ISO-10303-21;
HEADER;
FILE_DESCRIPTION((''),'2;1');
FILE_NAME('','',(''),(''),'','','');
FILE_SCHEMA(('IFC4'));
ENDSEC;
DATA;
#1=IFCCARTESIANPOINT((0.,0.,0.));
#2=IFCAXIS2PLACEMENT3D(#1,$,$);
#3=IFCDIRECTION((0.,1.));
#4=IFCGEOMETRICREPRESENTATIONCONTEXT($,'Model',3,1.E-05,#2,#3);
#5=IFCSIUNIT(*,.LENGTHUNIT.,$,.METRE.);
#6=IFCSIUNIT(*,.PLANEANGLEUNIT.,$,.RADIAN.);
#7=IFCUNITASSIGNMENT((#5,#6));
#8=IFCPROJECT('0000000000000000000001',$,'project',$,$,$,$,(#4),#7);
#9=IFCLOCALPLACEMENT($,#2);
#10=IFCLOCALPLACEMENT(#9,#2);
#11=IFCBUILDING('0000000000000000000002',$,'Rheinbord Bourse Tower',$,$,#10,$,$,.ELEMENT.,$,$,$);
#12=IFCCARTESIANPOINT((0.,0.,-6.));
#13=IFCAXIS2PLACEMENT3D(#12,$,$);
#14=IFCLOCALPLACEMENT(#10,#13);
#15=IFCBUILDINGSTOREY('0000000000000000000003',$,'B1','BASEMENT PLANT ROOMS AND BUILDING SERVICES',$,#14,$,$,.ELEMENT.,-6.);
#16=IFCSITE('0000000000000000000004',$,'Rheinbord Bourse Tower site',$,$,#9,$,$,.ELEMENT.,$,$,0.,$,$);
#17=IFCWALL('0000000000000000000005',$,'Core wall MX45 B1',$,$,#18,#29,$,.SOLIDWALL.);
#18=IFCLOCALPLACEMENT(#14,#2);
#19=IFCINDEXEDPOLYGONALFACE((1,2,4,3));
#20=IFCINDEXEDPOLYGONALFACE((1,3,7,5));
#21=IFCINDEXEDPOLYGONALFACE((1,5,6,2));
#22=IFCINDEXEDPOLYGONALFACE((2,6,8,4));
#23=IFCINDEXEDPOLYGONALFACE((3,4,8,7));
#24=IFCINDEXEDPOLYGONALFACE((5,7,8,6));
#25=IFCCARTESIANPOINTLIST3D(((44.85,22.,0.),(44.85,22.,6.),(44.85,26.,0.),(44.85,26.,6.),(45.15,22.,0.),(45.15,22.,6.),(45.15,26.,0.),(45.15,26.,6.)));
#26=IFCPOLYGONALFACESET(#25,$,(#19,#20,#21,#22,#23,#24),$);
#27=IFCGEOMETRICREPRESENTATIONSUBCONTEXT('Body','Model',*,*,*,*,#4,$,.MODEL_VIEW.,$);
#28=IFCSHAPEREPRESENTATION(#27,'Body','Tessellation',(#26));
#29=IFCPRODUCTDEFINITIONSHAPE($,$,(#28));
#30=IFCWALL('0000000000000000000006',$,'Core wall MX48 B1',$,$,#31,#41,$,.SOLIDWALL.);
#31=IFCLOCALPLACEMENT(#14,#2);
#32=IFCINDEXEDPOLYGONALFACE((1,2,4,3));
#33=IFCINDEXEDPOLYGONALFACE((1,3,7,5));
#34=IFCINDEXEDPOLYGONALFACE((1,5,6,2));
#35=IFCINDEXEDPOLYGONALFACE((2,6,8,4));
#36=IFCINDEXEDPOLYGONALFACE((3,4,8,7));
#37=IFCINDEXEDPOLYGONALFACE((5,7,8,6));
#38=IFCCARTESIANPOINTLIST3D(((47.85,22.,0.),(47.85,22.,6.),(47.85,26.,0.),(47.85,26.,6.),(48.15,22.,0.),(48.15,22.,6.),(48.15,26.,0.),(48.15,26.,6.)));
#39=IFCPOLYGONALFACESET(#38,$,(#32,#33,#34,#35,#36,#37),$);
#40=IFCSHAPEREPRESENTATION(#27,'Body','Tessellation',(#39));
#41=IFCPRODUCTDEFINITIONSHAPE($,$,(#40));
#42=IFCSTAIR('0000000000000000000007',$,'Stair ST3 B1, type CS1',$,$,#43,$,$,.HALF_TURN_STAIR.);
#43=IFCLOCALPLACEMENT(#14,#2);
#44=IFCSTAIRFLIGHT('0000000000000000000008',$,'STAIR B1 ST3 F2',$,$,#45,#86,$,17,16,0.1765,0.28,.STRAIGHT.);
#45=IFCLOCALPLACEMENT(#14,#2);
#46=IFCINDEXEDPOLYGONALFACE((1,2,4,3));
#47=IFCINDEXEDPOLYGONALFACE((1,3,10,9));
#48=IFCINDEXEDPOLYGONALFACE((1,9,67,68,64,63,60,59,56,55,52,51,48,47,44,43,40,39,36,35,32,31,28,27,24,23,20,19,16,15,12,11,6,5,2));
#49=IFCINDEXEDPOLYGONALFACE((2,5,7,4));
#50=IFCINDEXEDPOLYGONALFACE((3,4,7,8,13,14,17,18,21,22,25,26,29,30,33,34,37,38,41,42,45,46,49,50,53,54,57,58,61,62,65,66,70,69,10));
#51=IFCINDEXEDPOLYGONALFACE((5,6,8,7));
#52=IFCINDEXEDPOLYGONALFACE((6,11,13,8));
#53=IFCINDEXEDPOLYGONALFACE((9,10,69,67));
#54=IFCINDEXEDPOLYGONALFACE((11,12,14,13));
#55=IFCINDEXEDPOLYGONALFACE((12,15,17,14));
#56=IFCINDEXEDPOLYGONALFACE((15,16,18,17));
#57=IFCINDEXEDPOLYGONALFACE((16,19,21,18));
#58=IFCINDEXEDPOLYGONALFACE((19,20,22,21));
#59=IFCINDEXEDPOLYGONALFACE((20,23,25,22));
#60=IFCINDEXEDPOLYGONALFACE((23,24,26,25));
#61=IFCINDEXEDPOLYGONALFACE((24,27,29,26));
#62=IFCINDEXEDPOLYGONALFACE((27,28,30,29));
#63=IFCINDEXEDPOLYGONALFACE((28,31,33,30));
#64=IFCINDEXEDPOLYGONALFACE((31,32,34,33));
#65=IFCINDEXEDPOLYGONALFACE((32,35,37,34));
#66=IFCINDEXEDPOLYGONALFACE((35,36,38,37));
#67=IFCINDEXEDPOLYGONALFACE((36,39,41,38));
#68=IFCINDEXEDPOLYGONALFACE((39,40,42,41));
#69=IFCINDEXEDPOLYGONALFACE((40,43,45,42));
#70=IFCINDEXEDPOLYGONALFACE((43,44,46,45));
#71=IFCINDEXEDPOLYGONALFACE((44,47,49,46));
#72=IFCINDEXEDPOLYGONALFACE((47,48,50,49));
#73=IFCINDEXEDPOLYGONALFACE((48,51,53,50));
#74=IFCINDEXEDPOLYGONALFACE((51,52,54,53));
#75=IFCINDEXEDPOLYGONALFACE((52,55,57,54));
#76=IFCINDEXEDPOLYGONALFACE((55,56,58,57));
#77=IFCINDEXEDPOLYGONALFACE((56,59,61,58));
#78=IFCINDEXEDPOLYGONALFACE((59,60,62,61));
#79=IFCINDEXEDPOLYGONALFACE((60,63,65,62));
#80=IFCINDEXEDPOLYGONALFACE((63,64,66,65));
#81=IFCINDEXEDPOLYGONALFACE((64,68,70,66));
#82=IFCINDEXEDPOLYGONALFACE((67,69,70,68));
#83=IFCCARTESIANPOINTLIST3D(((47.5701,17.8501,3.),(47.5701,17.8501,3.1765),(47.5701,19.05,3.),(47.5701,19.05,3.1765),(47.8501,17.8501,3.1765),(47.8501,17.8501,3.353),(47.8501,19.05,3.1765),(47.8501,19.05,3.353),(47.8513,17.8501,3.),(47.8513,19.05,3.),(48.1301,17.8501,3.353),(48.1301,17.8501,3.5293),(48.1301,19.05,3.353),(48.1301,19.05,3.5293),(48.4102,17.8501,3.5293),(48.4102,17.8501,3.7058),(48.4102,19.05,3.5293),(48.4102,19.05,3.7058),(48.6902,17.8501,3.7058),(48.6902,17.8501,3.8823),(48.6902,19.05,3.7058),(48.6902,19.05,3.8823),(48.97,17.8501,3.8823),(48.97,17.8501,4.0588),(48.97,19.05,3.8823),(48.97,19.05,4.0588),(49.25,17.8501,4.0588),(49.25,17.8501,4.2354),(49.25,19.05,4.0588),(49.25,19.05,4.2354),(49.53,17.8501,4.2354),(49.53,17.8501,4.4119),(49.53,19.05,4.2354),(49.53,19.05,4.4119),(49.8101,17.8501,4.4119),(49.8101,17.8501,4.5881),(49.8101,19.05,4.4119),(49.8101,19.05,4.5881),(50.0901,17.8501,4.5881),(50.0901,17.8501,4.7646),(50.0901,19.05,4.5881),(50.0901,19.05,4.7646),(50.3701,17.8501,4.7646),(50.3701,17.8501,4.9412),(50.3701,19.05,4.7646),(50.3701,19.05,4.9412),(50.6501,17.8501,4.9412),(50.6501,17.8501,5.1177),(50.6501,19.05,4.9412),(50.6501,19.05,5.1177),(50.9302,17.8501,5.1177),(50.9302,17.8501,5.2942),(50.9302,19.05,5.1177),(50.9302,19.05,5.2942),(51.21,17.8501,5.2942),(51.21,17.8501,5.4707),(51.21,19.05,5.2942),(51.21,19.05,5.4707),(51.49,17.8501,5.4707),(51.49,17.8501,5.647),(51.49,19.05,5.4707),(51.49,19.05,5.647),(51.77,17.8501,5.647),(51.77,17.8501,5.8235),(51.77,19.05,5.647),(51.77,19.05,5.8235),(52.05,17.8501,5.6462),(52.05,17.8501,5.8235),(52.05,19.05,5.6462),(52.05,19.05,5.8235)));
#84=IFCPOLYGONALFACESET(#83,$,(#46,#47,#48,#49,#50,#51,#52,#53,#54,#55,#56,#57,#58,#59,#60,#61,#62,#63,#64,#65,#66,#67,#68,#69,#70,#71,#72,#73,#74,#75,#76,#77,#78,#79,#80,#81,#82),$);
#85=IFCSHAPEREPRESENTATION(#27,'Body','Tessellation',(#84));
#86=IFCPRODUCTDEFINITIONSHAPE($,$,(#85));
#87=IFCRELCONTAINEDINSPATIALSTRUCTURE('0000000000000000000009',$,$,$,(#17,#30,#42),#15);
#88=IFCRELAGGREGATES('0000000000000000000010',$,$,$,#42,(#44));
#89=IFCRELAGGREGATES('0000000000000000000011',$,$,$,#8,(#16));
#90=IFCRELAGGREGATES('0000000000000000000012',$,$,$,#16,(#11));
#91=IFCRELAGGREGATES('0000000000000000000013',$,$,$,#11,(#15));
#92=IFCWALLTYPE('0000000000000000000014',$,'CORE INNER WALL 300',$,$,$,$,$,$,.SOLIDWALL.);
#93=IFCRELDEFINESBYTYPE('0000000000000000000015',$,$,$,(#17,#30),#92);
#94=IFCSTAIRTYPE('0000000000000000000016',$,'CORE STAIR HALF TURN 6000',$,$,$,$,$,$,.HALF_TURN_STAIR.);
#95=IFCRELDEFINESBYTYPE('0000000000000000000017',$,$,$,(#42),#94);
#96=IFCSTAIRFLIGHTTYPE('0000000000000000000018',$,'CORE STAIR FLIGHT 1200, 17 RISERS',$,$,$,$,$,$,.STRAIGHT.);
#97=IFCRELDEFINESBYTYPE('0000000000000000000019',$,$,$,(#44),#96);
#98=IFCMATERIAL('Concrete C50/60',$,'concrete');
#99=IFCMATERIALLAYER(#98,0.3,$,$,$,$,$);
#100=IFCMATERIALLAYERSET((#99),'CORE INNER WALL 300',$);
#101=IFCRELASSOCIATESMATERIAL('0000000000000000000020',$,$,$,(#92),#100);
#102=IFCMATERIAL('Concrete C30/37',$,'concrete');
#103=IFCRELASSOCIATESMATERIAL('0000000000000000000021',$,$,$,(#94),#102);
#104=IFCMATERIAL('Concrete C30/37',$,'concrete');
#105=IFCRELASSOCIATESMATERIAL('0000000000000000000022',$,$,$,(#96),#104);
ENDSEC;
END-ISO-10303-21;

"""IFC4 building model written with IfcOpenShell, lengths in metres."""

from ifc_helpers import new_model, si_unit, direction, frame, frame_2d, origin, place, context, subcontext, project, spatial, polyline, rectangle, outline, extrude, material, layer, layer_set, type_object, element, aggregate, save


model = new_model("IFC4")

# Units and contexts
model_context = context("Model", 3, precision=1e-05, world=origin(), true_north=direction((0.0, 1.0)))
body_context = subcontext(model_context, "Body", "Model", "MODEL_VIEW")
ifc_project = project(units=[si_unit("LENGTHUNIT", "METRE"), si_unit("PLANEANGLEUNIT", "RADIAN")], contexts=[model_context])

# Site, building, storey
site_placement = place(None, origin())
site = spatial("IfcSite", under=ifc_project, at=site_placement, Name="Rheinbord Bourse Tower site", CompositionType="ELEMENT", RefElevation=0.0)
building_placement = place(site_placement, origin())
building = spatial("IfcBuilding", under=site, at=building_placement, Name="Rheinbord Bourse Tower", CompositionType="ELEMENT")
storey_placement = place(building_placement, frame((0.0, 0.0, -6.0)))
storey = spatial("IfcBuildingStorey", under=building, at=storey_placement, Name="B1", Description="BASEMENT PLANT ROOMS AND BUILDING SERVICES", CompositionType="ELEMENT", Elevation=-6.0)

# Shared definitions
ifc_material_1 = material(Name="Concrete C50/60", Category="concrete")
ifc_layer = layer(ifc_material_1, 0.3)
ifc_layer_set = layer_set([ifc_layer], Name="CORE INNER WALL 300")
wall_type = type_object("IfcWallType", Name="CORE INNER WALL 300", PredefinedType="SOLIDWALL", material=ifc_layer_set)

# Walls
for number, where, z_axis, x_axis, name in (
    (1, (45.0, 22.0, 0.0), (0.0, 0.0, 1.0), (0.0, 1.0, 0.0), "Core wall MX45 B1"),
    (2, (48.0, 22.0, 0.0), (0.0, 0.0, 1.0), (0.0, 1.0, 0.0), "Core wall MX48 B1"),
):
    element("IfcWall", number, at=place(storey_placement, frame(where, z_axis=z_axis, x_axis=x_axis)), inside=storey, type_object=wall_type, Name=name, PredefinedType="SOLIDWALL", context=body_context, shape_type="SweptSolid", body=[
        extrude(rectangle(XDim=4.0, YDim=0.3, at=frame_2d((2.0, 0.0))), origin(), (0.0, 0.0, 1.0), 6.0),
    ])

# Stair, stair flight
ifc_material_2 = material(Name="Concrete C30/37", Category="concrete")
stair_type = type_object("IfcStairType", Name="CORE STAIR HALF TURN 6000", PredefinedType="HALF_TURN_STAIR", material=ifc_material_2)
stair_placement = place(storey_placement, origin())
stair = element("IfcStair", 3, at=stair_placement, inside=storey, type_object=stair_type, Name="Stair ST3 B1, type CS1", PredefinedType="HALF_TURN_STAIR")
ifc_material_3 = material(Name="Concrete C30/37", Category="concrete")
stair_flight_type = type_object("IfcStairFlightType", Name="CORE STAIR FLIGHT 1200, 17 RISERS", PredefinedType="STRAIGHT", material=ifc_material_3)
stair_flight_placement = place(storey_placement, frame((47.5701, 18.45, 3.0), z_axis=(0.0, 0.0, 1.0), x_axis=(1.0, 0.0, 0.0)))
stair_flight = element("IfcStairFlight", 4, at=stair_flight_placement, type_object=stair_flight_type, Name="STAIR B1 ST3 F2", NumberOfRisers=17, NumberOfTreads=16, PredefinedType="STRAIGHT", RiserHeight=0.1765, TreadLength=0.28, context=body_context, shape_type="SweptSolid", body=[
    extrude(outline(polyline([(0.0, 0.0), (0.0, 0.1765), (0.28, 0.1765), (0.28, 0.353), (0.5601, 0.353), (0.5601, 0.5293), (0.8401, 0.5293), (0.8401, 0.7058), (1.1201, 0.7058), (1.1201, 0.8823), (1.3999, 0.8823), (1.3999, 1.0588), (1.6799, 1.0588), (1.6799, 1.2354), (1.96, 1.2354), (1.96, 1.4119), (2.24, 1.4119), (2.24, 1.5881), (2.52, 1.5881), (2.52, 1.7646), (2.8, 1.7646), (2.8, 1.9412), (3.0801, 1.9412), (3.0801, 2.1177), (3.3601, 2.1177), (3.3601, 2.2942), (3.6399, 2.2942), (3.6399, 2.4707), (3.9199, 2.4707), (3.9199, 2.647), (4.2, 2.647), (4.2, 2.8235), (4.48, 2.8235), (4.48, 3.0), (4.48, 2.6462), (0.2812, 0.0), (0.0, 0.0)])), frame((0.0, 0.6001, 0.0), z_axis=(0.0, -1.0, 0.0), x_axis=(1.0, 0.0, 0.0)), (0.0, 0.0, 1.0), 1.2),
])
aggregate(stair, [stair_flight])

save(model, "model.ifc")
